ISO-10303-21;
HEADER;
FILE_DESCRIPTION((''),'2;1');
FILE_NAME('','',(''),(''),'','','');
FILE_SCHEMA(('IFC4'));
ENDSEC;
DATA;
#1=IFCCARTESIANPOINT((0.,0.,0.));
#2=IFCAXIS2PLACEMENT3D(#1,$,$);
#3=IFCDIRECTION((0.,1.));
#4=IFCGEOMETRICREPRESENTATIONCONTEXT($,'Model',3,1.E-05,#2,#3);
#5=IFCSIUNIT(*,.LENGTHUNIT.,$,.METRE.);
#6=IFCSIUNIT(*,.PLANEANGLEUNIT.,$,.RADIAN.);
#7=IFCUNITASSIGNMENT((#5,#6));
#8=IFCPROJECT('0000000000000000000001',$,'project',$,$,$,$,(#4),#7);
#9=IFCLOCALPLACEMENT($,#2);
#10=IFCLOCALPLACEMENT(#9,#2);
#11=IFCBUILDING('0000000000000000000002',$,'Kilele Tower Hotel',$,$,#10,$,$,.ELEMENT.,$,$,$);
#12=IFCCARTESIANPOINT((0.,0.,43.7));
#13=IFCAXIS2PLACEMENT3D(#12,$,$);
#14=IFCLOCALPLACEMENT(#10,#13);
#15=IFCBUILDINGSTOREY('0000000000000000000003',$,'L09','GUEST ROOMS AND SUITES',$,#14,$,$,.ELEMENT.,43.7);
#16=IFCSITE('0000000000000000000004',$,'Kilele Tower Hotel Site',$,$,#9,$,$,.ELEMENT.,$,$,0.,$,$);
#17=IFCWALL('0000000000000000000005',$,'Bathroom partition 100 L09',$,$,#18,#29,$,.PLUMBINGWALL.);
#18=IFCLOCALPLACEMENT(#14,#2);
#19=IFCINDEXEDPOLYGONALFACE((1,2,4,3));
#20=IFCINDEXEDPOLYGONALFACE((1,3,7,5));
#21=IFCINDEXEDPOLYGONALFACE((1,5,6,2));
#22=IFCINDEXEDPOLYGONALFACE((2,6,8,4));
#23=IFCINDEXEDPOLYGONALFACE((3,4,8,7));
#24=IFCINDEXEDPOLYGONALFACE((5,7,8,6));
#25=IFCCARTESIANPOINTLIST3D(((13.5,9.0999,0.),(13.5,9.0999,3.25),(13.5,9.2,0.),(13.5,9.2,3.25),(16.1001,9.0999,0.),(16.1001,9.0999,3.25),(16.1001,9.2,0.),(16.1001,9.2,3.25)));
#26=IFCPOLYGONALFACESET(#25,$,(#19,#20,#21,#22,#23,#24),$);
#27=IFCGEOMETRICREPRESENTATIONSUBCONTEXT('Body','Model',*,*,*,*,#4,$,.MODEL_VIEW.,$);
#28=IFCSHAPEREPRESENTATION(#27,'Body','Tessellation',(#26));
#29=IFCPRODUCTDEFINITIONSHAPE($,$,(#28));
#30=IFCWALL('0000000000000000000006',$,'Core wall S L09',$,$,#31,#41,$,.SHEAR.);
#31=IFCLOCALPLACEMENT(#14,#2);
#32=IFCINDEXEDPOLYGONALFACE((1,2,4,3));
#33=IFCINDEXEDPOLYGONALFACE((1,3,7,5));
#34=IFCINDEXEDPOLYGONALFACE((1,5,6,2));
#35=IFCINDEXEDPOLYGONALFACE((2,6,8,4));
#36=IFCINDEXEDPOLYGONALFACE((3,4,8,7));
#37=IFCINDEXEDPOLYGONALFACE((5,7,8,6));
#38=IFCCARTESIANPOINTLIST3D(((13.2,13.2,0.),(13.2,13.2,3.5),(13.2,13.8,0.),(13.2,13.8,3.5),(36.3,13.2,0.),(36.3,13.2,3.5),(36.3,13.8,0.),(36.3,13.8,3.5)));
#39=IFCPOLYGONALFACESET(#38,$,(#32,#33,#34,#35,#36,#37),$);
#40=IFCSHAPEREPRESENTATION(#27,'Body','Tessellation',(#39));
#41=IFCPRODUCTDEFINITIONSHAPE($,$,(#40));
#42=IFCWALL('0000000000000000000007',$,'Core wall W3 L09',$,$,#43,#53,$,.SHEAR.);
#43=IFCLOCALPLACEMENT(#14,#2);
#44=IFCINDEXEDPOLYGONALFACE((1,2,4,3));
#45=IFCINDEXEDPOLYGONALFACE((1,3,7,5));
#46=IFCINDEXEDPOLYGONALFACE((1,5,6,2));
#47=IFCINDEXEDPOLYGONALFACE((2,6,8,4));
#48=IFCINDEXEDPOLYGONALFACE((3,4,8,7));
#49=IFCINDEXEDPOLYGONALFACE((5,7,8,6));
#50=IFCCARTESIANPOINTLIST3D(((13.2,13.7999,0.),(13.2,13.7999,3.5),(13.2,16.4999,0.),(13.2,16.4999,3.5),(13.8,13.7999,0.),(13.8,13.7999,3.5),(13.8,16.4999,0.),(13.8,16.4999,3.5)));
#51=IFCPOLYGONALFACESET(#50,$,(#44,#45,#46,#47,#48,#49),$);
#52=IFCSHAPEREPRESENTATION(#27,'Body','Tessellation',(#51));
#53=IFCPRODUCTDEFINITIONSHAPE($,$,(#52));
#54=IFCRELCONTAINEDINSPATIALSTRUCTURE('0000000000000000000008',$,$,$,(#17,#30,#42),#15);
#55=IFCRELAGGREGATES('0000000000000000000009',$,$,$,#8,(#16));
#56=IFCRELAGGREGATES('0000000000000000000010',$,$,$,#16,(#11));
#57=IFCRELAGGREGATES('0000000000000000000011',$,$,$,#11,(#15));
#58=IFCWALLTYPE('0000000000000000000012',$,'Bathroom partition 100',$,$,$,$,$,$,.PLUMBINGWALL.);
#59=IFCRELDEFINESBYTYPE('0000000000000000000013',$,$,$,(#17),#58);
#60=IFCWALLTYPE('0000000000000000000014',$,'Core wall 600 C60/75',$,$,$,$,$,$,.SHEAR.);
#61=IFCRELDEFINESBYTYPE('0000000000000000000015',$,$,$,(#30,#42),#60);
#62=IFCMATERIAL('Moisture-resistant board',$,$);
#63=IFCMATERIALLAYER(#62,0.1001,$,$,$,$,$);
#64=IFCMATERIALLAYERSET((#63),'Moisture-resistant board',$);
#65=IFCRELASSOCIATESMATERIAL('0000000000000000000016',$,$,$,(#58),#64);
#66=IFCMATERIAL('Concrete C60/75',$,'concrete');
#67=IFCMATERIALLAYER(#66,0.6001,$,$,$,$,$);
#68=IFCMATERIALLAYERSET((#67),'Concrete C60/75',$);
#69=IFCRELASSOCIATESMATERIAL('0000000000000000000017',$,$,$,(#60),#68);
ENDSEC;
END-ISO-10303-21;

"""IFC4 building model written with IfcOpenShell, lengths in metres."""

from ifc_helpers import new_model, si_unit, direction, frame, frame_2d, origin, place, context, subcontext, project, spatial, rectangle, extrude, material, layer, layer_set, type_object, element, save


model = new_model("IFC4")

# Units and contexts
model_context = context("Model", 3, precision=1e-05, world=origin(), true_north=direction((0.0, 1.0)))
body_context = subcontext(model_context, "Body", "Model", "MODEL_VIEW")
ifc_project = project(units=[si_unit("LENGTHUNIT", "METRE"), si_unit("PLANEANGLEUNIT", "RADIAN")], contexts=[model_context])

# Site, building, storey
site_placement = place(None, origin())
site = spatial("IfcSite", under=ifc_project, at=site_placement, Name="Kilele Tower Hotel Site", CompositionType="ELEMENT", RefElevation=0.0)
building_placement = place(site_placement, origin())
building = spatial("IfcBuilding", under=site, at=building_placement, Name="Kilele Tower Hotel", CompositionType="ELEMENT")
storey_placement = place(building_placement, frame((0.0, 0.0, 43.7)))
storey = spatial("IfcBuildingStorey", under=building, at=storey_placement, Name="L09", Description="GUEST ROOMS AND SUITES", CompositionType="ELEMENT", Elevation=43.7)

# Walls
ifc_material_1 = material(Name="Moisture-resistant board")
ifc_layer_1 = layer(ifc_material_1, 0.1001)
ifc_layer_set_1 = layer_set([ifc_layer_1], Name="Moisture-resistant board")
wall_type_1 = type_object("IfcWallType", Name="Bathroom partition 100", PredefinedType="PLUMBINGWALL", material=ifc_layer_set_1)
wall_1_placement = place(storey_placement, frame((13.5, 9.1499, 0.0), z_axis=(0.0, 0.0, 1.0), x_axis=(1.0, 0.0, 0.0)))
element("IfcWall", 1, at=wall_1_placement, inside=storey, type_object=wall_type_1, Name="Bathroom partition 100 L09", PredefinedType="PLUMBINGWALL", context=body_context, shape_type="SweptSolid", body=[
    extrude(rectangle(XDim=2.6001, YDim=0.1001, at=frame_2d((1.3, 0.0))), origin(), (0.0, 0.0, 1.0), 3.25),
])
ifc_material_2 = material(Name="Concrete C60/75", Category="concrete")
ifc_layer_2 = layer(ifc_material_2, 0.6001)
ifc_layer_set_2 = layer_set([ifc_layer_2], Name="Concrete C60/75")
wall_type_2 = type_object("IfcWallType", Name="Core wall 600 C60/75", PredefinedType="SHEAR", material=ifc_layer_set_2)
wall_2_placement = place(storey_placement, frame((13.2, 13.5, 0.0), z_axis=(0.0, 0.0, 1.0), x_axis=(1.0, 0.0, 0.0)))
element("IfcWall", 2, at=wall_2_placement, inside=storey, type_object=wall_type_2, Name="Core wall S L09", PredefinedType="SHEAR", context=body_context, shape_type="SweptSolid", body=[
    extrude(rectangle(XDim=23.1001, YDim=0.6001, at=frame_2d((11.55, 0.0))), origin(), (0.0, 0.0, 1.0), 3.5),
])
wall_3_placement = place(storey_placement, frame((13.5, 16.5, 0.0), z_axis=(0.0, 0.0, 1.0), x_axis=(0.0, -1.0, 0.0)))
element("IfcWall", 3, at=wall_3_placement, inside=storey, type_object=wall_type_2, Name="Core wall W3 L09", PredefinedType="SHEAR", context=body_context, shape_type="SweptSolid", body=[
    extrude(rectangle(XDim=2.7, YDim=0.6001, at=frame_2d((1.3501, 0.0))), origin(), (0.0, 0.0, 1.0), 3.5),
])

save(model, "model.ifc")
